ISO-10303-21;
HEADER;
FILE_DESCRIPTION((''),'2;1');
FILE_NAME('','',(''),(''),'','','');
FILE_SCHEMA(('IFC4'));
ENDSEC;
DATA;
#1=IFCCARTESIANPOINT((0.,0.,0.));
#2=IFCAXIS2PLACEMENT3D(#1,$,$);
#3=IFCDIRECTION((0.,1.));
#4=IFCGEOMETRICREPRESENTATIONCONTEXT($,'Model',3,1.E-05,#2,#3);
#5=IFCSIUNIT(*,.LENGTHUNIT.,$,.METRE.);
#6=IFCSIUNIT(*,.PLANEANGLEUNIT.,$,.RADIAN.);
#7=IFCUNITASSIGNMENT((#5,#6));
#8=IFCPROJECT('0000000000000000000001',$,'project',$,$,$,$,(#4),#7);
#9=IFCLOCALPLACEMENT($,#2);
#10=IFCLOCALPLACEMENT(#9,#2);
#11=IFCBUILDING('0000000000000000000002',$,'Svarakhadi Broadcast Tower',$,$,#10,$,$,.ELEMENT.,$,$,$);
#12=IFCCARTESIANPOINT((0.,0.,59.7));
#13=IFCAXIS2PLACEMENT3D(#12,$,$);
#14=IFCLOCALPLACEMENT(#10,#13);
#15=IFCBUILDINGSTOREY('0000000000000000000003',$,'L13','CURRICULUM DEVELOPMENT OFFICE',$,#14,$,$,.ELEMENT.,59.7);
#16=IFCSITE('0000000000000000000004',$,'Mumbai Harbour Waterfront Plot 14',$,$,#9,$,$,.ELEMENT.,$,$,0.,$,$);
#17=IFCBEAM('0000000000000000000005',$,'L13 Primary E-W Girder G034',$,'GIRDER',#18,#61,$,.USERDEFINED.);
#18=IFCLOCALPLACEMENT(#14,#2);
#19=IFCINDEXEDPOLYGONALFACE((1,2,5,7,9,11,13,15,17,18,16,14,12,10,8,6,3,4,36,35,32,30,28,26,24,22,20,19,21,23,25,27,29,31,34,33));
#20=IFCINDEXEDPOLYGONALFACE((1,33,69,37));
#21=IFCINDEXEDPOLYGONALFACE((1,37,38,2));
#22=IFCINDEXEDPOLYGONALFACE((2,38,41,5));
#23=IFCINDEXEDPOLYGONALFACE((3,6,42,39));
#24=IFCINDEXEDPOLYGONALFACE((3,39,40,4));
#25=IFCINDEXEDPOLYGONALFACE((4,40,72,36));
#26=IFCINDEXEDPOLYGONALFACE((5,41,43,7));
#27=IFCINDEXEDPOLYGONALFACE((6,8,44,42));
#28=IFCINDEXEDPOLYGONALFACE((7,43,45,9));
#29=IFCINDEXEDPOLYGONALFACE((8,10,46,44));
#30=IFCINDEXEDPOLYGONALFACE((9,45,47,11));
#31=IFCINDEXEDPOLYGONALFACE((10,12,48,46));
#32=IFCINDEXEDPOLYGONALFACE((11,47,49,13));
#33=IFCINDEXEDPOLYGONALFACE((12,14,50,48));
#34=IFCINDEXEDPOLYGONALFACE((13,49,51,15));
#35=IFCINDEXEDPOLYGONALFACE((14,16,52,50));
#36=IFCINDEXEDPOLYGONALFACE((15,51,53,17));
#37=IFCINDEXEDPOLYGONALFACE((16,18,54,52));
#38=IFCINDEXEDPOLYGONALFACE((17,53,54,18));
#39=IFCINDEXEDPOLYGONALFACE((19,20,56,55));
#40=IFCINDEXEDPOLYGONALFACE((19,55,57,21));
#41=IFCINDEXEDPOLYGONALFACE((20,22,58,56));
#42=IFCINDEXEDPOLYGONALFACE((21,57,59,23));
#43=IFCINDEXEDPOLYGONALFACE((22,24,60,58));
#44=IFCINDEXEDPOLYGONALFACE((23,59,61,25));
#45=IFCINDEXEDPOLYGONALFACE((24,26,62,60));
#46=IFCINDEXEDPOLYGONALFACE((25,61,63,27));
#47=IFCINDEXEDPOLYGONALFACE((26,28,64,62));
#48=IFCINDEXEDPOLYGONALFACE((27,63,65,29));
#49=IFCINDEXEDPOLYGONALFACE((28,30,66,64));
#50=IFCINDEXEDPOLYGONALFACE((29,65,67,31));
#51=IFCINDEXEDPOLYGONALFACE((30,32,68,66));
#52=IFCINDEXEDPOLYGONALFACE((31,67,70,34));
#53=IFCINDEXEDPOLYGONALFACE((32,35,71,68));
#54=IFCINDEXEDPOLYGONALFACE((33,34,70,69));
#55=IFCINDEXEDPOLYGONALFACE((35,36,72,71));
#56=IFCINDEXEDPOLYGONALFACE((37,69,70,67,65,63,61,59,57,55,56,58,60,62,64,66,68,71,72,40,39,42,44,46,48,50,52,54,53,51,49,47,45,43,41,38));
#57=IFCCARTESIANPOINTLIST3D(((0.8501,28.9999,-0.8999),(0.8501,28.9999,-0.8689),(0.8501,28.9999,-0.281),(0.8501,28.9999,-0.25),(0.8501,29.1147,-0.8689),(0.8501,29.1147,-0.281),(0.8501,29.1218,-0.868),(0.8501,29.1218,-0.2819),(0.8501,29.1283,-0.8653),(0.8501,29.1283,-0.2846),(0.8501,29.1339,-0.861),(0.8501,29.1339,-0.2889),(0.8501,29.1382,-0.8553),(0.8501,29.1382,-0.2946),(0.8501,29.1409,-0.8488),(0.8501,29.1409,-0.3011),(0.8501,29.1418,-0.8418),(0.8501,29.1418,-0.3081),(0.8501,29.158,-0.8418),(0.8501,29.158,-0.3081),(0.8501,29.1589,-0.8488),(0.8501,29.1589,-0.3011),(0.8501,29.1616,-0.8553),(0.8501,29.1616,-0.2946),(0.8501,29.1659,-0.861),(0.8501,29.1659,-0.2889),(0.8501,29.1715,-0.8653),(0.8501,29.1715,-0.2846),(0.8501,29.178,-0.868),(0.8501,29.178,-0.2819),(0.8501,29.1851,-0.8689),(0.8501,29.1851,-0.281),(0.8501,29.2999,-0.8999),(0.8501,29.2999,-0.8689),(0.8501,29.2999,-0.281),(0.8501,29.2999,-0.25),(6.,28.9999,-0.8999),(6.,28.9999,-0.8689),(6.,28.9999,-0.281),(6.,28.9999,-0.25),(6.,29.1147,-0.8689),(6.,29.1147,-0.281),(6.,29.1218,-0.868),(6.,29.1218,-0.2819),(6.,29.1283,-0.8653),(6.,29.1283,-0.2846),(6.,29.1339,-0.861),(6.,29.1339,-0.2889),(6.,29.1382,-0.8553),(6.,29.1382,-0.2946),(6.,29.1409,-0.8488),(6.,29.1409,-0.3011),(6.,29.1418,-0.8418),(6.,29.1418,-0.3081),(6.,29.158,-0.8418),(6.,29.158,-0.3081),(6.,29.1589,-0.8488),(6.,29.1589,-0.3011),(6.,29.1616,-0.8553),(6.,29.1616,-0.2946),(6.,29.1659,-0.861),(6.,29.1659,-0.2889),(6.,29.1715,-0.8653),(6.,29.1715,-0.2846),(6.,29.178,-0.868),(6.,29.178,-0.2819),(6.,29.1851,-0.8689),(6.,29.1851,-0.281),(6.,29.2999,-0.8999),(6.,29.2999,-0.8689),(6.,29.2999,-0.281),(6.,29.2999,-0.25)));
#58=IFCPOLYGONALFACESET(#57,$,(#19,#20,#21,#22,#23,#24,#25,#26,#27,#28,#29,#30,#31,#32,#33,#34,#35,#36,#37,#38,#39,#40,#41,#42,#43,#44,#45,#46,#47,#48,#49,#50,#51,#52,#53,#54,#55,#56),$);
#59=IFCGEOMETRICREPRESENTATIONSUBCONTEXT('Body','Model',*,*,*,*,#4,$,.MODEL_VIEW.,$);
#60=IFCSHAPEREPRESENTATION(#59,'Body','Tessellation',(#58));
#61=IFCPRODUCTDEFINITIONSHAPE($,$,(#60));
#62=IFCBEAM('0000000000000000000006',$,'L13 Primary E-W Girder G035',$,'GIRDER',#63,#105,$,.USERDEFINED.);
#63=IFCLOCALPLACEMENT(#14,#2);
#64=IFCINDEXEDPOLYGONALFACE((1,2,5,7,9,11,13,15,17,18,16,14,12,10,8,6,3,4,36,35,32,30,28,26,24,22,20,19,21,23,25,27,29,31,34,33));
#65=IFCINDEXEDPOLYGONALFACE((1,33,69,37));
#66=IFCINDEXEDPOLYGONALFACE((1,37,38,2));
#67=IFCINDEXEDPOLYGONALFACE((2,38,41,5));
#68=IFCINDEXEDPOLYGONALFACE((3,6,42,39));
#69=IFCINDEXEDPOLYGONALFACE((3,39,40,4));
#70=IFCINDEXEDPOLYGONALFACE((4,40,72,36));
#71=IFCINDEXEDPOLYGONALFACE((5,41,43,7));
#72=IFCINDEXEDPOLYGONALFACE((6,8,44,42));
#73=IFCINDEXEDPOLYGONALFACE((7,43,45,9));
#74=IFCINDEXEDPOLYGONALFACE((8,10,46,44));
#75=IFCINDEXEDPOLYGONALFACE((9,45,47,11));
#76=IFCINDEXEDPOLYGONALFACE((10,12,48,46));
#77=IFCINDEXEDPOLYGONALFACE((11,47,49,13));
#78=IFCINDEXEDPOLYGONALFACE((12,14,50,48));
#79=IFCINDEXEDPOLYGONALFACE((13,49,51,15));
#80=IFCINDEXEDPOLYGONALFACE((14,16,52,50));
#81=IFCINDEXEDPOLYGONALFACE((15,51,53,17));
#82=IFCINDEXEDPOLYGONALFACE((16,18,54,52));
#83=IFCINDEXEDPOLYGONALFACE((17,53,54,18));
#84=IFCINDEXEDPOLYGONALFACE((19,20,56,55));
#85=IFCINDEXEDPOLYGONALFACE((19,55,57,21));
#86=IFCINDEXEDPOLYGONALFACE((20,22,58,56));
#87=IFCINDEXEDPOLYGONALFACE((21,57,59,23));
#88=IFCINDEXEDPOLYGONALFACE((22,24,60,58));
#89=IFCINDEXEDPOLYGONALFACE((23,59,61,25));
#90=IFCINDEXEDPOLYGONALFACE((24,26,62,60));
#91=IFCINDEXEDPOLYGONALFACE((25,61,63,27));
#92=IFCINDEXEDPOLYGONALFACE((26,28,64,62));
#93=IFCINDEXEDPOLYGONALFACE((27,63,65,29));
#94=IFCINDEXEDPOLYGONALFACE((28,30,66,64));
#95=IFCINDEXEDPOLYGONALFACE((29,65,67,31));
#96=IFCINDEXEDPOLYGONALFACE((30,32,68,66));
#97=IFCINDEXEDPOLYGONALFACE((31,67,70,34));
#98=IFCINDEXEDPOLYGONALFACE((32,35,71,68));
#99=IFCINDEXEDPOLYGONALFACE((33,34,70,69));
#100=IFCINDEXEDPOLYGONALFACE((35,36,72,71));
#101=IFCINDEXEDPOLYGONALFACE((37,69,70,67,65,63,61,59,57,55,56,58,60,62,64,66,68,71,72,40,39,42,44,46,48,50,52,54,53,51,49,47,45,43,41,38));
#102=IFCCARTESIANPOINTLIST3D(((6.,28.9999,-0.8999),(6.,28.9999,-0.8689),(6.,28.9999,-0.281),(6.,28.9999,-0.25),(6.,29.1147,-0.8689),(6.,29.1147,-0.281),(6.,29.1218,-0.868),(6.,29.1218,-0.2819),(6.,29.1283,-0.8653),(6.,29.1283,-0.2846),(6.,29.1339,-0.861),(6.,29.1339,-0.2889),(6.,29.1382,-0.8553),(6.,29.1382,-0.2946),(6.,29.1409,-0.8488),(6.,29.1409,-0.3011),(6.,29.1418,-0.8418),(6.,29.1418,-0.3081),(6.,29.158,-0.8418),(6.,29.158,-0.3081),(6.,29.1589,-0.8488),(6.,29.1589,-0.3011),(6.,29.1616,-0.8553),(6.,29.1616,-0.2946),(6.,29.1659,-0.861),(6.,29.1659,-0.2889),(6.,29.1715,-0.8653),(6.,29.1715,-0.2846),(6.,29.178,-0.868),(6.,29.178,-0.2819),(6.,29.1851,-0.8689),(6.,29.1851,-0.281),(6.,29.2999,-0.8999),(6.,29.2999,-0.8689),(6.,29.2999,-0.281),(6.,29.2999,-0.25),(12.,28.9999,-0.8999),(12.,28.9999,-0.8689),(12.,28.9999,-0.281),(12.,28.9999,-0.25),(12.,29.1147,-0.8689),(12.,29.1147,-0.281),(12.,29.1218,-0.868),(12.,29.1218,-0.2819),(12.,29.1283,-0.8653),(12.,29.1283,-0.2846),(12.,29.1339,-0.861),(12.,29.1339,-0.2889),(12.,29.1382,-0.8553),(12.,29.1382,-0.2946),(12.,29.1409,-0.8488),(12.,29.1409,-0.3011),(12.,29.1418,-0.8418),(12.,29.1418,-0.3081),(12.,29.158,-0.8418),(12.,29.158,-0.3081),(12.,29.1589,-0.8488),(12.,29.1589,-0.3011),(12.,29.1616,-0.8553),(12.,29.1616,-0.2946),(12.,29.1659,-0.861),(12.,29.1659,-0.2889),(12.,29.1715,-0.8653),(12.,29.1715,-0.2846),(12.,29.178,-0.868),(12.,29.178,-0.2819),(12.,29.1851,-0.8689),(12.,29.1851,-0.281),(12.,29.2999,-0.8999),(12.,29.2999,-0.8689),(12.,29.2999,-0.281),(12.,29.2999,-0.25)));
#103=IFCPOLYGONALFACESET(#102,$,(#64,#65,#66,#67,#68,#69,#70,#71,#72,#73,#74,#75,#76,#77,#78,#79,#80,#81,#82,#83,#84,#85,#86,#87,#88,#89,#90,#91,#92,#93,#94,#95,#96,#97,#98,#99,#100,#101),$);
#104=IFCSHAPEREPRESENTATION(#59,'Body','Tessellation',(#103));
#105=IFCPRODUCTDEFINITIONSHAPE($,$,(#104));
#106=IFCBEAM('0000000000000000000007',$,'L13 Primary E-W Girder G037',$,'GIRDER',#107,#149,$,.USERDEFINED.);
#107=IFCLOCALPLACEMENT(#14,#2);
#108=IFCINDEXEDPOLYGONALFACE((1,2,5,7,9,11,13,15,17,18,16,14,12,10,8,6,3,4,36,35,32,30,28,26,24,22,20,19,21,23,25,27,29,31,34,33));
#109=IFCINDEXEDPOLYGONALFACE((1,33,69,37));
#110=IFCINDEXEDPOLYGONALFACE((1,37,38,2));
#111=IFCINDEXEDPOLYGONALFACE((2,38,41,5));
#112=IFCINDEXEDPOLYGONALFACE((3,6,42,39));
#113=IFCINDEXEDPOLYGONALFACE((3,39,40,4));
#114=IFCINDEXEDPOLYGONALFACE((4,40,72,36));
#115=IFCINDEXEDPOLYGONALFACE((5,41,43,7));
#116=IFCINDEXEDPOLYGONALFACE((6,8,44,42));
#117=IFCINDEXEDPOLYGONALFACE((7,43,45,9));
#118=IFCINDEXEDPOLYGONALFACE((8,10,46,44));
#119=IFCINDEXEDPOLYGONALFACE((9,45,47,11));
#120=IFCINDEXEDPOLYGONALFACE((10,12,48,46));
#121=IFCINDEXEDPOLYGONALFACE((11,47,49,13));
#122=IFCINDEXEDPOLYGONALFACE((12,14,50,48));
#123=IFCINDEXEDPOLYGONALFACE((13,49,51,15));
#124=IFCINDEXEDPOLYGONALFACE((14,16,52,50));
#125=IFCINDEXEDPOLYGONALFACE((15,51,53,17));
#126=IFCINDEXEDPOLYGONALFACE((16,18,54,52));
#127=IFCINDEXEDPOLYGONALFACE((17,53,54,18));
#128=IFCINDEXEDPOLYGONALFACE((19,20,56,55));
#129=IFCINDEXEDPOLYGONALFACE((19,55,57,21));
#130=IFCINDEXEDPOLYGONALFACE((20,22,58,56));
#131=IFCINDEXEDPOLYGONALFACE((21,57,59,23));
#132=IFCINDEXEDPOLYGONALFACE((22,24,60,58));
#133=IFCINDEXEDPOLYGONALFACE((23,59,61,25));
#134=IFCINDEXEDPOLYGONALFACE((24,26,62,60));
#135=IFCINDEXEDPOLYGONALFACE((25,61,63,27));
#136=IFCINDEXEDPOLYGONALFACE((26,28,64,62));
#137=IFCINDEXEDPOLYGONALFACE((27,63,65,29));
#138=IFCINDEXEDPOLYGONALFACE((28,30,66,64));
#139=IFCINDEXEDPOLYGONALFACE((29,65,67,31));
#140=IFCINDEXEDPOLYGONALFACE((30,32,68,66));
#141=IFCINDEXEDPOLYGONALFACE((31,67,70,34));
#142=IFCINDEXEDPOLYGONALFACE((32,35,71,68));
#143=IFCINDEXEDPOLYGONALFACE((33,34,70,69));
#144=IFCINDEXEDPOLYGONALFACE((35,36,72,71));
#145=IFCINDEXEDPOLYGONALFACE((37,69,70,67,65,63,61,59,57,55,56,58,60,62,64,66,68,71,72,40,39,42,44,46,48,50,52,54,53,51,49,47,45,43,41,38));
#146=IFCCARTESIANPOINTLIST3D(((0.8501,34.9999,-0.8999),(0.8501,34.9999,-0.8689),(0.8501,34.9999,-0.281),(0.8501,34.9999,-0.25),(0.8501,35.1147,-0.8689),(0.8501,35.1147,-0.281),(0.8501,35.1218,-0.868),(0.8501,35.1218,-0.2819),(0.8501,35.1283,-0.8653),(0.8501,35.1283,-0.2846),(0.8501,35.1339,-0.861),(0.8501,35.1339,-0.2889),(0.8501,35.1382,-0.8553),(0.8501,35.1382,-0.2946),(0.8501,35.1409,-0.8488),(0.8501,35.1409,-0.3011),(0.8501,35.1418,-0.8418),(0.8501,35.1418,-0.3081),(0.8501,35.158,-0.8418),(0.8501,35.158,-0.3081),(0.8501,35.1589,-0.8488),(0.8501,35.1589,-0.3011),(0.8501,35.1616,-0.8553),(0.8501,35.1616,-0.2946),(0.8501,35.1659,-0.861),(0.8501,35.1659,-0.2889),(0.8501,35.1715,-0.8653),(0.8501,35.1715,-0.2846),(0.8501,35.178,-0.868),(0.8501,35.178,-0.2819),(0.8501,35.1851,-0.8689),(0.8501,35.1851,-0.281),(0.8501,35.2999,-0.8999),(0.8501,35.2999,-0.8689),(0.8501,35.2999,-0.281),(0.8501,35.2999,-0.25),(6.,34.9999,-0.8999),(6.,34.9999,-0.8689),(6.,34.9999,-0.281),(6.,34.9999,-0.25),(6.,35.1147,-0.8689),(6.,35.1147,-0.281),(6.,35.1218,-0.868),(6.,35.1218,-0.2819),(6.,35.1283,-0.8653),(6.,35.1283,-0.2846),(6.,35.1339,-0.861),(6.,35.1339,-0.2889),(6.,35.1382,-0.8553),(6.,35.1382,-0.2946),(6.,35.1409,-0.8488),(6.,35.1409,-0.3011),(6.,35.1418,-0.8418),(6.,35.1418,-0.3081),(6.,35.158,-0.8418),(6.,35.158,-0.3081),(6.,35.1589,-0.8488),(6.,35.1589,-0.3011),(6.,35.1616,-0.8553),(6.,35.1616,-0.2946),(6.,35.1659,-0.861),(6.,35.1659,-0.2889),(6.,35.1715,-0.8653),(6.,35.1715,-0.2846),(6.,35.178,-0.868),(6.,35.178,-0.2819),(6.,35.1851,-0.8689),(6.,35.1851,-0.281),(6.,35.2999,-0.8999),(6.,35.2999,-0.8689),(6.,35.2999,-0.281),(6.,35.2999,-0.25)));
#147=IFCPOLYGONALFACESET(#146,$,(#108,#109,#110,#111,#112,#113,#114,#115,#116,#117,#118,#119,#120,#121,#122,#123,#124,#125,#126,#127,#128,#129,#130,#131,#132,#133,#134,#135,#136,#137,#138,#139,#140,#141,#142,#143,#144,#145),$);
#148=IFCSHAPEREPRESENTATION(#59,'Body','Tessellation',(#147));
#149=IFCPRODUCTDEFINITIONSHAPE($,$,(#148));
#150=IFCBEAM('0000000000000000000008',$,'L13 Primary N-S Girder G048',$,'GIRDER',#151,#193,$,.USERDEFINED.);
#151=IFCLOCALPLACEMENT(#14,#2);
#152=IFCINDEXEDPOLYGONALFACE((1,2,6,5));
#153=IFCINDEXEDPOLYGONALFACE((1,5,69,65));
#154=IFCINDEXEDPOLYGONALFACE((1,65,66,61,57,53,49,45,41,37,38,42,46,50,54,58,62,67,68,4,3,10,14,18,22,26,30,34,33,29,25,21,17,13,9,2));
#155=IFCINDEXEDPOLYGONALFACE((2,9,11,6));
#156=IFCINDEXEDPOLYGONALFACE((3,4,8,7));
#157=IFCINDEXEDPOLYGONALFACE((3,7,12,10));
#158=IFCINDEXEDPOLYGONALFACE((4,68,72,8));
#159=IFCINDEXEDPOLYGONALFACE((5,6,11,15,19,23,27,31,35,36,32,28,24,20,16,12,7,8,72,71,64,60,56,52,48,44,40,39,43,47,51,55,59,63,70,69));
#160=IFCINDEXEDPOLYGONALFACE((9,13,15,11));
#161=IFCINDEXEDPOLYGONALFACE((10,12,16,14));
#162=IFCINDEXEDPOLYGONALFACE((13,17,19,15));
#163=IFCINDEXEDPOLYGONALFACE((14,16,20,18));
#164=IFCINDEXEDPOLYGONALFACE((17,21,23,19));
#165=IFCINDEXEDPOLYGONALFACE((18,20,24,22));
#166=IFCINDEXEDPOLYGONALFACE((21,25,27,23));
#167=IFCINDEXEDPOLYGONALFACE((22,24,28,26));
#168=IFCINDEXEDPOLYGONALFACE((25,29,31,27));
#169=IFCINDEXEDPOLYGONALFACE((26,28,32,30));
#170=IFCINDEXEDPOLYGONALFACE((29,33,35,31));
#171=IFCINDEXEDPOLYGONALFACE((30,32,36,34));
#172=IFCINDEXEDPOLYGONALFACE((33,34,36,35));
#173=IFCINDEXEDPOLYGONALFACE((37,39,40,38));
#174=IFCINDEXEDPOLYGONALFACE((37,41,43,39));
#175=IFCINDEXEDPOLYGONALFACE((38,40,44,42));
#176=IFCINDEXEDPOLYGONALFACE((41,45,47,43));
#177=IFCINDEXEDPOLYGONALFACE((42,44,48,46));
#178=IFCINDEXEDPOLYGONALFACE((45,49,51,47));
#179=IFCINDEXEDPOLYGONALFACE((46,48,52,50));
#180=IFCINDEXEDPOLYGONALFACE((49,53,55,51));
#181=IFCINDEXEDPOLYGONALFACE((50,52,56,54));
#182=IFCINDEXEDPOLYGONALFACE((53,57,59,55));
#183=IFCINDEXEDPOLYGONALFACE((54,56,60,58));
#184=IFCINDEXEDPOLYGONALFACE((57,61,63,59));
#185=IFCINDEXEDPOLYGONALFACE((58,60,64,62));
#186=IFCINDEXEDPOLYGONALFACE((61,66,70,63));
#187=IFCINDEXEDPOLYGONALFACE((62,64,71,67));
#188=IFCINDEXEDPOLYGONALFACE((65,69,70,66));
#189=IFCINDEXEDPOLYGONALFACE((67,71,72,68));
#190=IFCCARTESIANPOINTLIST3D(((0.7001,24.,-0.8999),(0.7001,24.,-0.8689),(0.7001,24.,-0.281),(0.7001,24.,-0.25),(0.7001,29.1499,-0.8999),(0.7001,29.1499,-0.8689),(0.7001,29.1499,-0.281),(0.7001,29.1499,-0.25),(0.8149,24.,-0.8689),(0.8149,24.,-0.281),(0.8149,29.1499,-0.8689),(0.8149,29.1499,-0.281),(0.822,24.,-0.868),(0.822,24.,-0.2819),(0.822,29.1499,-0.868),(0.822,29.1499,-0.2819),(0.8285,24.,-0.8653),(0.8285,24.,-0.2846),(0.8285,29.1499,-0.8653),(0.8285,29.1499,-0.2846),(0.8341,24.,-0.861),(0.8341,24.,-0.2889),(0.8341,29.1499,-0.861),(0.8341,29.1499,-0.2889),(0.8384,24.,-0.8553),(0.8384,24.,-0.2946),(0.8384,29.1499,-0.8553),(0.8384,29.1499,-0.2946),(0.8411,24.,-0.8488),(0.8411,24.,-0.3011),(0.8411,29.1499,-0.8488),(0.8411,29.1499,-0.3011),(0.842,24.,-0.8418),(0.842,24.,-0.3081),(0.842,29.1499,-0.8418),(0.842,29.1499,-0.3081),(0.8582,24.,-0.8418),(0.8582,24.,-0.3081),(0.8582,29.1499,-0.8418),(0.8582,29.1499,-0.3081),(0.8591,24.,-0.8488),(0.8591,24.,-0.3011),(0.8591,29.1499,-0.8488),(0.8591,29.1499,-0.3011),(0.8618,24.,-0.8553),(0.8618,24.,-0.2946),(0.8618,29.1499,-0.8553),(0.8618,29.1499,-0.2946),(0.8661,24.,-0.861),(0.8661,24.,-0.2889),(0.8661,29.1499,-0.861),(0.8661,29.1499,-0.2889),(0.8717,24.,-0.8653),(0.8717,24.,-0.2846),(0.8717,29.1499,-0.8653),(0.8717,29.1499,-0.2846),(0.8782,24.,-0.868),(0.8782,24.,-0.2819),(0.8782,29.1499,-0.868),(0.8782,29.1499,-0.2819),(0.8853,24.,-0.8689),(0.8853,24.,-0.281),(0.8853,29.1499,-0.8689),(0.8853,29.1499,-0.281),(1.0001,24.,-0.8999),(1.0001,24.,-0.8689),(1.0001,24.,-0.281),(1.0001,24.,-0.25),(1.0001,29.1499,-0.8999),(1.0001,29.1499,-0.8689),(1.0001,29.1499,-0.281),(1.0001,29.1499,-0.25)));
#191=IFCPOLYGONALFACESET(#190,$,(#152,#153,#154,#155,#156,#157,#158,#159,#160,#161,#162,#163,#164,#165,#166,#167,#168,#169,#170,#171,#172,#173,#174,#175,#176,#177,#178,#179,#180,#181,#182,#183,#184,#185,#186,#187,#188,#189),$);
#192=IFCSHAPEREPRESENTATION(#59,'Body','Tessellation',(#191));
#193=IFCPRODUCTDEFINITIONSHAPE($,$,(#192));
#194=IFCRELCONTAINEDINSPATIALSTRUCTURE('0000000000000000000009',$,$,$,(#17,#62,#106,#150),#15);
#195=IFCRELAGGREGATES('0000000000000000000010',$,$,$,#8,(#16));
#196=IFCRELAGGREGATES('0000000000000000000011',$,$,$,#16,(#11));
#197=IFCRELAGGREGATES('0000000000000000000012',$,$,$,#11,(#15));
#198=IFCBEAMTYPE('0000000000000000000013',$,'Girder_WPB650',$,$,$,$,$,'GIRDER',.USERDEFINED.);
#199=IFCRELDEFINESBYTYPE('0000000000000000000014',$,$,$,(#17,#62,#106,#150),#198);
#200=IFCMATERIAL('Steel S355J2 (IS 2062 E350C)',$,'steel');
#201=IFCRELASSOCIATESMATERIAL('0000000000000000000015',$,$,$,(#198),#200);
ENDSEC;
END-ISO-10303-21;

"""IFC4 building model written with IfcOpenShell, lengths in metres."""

from ifc_helpers import new_model, si_unit, direction, frame, origin, origin_2d, place, context, subcontext, project, spatial, i_section, extrude, material, material_profile, profile_set, type_object, element, save


model = new_model("IFC4")

# Units and contexts
model_context = context("Model", 3, precision=1e-05, world=origin(), true_north=direction((0.0, 1.0)))
body_context = subcontext(model_context, "Body", "Model", "MODEL_VIEW")
ifc_project = project(units=[si_unit("LENGTHUNIT", "METRE"), si_unit("PLANEANGLEUNIT", "RADIAN")], contexts=[model_context])

# Site, building, storey
site_placement = place(None, origin())
site = spatial("IfcSite", under=ifc_project, at=site_placement, Name="Mumbai Harbour Waterfront Plot 14", CompositionType="ELEMENT", RefElevation=0.0)
building_placement = place(site_placement, origin())
building = spatial("IfcBuilding", under=site, at=building_placement, Name="Svarakhadi Broadcast Tower", CompositionType="ELEMENT")
storey_placement = place(building_placement, frame((0.0, 0.0, 59.7)))
storey = spatial("IfcBuildingStorey", under=building, at=storey_placement, Name="L13", Description="CURRICULUM DEVELOPMENT OFFICE", CompositionType="ELEMENT", Elevation=59.7)

# Shared definitions
ifc_material_1 = material(Name="Steel S355J2 (IS 2062 E350C)", Category="steel")

# Beams
ifc_material_profile_1 = material_profile(ifc_material_1, i_section(OverallWidth=0.3, OverallDepth=0.6499, WebThickness=0.0161, FlangeThickness=0.031, FilletRadius=0.0271, at=origin_2d()), Name="WPB 650x300x225")
ifc_profile_set_1 = profile_set([ifc_material_profile_1], Name="Steel S355J2 (IS 2062 E350C)")
beam_type_1 = type_object("IfcBeamType", Name="Girder_WPB650", ElementType="GIRDER", PredefinedType="USERDEFINED", material=ifc_profile_set_1)
beam_1_placement = place(storey_placement, frame((0.8501, 29.1499, -0.575), z_axis=(1.0, 0.0, 0.0), x_axis=(0.0, 1.0, 0.0)))
element("IfcBeam", 1, at=beam_1_placement, inside=storey, type_object=beam_type_1, Name="L13 Primary E-W Girder G034", ObjectType="GIRDER", PredefinedType="USERDEFINED", context=body_context, shape_type="SweptSolid", body=[
    extrude(i_section(OverallWidth=0.3, OverallDepth=0.6499, WebThickness=0.0161, FlangeThickness=0.031, FilletRadius=0.0271, at=origin_2d()), origin(), (0.0, 0.0, 1.0), 5.1499),
])
beam_2_placement = place(storey_placement, frame((6.0, 29.1499, -0.575), z_axis=(1.0, 0.0, 0.0), x_axis=(0.0, 1.0, 0.0)))
element("IfcBeam", 2, at=beam_2_placement, inside=storey, type_object=beam_type_1, Name="L13 Primary E-W Girder G035", ObjectType="GIRDER", PredefinedType="USERDEFINED", context=body_context, shape_type="SweptSolid", body=[
    extrude(i_section(OverallWidth=0.3, OverallDepth=0.6499, WebThickness=0.0161, FlangeThickness=0.031, FilletRadius=0.0271, at=origin_2d()), origin(), (0.0, 0.0, 1.0), 6.0),
])
for number, where, z_axis, x_axis, name in (
    (3, (0.8501, 35.1499, -0.575), (1.0, 0.0, 0.0), (0.0, 1.0, 0.0), "L13 Primary E-W Girder G037"),
    (4, (0.8501, 24.0, -0.575), (0.0, 1.0, 0.0), (-1.0, 0.0, 0.0), "L13 Primary N-S Girder G048"),
):
    element("IfcBeam", number, at=place(storey_placement, frame(where, z_axis=z_axis, x_axis=x_axis)), inside=storey, type_object=beam_type_1, Name=name, ObjectType="GIRDER", PredefinedType="USERDEFINED", context=body_context, shape_type="SweptSolid", body=[
        extrude(i_section(OverallWidth=0.3, OverallDepth=0.6499, WebThickness=0.0161, FlangeThickness=0.031, FilletRadius=0.0271, at=origin_2d()), origin(), (0.0, 0.0, 1.0), 5.1499),
    ])

save(model, "model.ifc")
